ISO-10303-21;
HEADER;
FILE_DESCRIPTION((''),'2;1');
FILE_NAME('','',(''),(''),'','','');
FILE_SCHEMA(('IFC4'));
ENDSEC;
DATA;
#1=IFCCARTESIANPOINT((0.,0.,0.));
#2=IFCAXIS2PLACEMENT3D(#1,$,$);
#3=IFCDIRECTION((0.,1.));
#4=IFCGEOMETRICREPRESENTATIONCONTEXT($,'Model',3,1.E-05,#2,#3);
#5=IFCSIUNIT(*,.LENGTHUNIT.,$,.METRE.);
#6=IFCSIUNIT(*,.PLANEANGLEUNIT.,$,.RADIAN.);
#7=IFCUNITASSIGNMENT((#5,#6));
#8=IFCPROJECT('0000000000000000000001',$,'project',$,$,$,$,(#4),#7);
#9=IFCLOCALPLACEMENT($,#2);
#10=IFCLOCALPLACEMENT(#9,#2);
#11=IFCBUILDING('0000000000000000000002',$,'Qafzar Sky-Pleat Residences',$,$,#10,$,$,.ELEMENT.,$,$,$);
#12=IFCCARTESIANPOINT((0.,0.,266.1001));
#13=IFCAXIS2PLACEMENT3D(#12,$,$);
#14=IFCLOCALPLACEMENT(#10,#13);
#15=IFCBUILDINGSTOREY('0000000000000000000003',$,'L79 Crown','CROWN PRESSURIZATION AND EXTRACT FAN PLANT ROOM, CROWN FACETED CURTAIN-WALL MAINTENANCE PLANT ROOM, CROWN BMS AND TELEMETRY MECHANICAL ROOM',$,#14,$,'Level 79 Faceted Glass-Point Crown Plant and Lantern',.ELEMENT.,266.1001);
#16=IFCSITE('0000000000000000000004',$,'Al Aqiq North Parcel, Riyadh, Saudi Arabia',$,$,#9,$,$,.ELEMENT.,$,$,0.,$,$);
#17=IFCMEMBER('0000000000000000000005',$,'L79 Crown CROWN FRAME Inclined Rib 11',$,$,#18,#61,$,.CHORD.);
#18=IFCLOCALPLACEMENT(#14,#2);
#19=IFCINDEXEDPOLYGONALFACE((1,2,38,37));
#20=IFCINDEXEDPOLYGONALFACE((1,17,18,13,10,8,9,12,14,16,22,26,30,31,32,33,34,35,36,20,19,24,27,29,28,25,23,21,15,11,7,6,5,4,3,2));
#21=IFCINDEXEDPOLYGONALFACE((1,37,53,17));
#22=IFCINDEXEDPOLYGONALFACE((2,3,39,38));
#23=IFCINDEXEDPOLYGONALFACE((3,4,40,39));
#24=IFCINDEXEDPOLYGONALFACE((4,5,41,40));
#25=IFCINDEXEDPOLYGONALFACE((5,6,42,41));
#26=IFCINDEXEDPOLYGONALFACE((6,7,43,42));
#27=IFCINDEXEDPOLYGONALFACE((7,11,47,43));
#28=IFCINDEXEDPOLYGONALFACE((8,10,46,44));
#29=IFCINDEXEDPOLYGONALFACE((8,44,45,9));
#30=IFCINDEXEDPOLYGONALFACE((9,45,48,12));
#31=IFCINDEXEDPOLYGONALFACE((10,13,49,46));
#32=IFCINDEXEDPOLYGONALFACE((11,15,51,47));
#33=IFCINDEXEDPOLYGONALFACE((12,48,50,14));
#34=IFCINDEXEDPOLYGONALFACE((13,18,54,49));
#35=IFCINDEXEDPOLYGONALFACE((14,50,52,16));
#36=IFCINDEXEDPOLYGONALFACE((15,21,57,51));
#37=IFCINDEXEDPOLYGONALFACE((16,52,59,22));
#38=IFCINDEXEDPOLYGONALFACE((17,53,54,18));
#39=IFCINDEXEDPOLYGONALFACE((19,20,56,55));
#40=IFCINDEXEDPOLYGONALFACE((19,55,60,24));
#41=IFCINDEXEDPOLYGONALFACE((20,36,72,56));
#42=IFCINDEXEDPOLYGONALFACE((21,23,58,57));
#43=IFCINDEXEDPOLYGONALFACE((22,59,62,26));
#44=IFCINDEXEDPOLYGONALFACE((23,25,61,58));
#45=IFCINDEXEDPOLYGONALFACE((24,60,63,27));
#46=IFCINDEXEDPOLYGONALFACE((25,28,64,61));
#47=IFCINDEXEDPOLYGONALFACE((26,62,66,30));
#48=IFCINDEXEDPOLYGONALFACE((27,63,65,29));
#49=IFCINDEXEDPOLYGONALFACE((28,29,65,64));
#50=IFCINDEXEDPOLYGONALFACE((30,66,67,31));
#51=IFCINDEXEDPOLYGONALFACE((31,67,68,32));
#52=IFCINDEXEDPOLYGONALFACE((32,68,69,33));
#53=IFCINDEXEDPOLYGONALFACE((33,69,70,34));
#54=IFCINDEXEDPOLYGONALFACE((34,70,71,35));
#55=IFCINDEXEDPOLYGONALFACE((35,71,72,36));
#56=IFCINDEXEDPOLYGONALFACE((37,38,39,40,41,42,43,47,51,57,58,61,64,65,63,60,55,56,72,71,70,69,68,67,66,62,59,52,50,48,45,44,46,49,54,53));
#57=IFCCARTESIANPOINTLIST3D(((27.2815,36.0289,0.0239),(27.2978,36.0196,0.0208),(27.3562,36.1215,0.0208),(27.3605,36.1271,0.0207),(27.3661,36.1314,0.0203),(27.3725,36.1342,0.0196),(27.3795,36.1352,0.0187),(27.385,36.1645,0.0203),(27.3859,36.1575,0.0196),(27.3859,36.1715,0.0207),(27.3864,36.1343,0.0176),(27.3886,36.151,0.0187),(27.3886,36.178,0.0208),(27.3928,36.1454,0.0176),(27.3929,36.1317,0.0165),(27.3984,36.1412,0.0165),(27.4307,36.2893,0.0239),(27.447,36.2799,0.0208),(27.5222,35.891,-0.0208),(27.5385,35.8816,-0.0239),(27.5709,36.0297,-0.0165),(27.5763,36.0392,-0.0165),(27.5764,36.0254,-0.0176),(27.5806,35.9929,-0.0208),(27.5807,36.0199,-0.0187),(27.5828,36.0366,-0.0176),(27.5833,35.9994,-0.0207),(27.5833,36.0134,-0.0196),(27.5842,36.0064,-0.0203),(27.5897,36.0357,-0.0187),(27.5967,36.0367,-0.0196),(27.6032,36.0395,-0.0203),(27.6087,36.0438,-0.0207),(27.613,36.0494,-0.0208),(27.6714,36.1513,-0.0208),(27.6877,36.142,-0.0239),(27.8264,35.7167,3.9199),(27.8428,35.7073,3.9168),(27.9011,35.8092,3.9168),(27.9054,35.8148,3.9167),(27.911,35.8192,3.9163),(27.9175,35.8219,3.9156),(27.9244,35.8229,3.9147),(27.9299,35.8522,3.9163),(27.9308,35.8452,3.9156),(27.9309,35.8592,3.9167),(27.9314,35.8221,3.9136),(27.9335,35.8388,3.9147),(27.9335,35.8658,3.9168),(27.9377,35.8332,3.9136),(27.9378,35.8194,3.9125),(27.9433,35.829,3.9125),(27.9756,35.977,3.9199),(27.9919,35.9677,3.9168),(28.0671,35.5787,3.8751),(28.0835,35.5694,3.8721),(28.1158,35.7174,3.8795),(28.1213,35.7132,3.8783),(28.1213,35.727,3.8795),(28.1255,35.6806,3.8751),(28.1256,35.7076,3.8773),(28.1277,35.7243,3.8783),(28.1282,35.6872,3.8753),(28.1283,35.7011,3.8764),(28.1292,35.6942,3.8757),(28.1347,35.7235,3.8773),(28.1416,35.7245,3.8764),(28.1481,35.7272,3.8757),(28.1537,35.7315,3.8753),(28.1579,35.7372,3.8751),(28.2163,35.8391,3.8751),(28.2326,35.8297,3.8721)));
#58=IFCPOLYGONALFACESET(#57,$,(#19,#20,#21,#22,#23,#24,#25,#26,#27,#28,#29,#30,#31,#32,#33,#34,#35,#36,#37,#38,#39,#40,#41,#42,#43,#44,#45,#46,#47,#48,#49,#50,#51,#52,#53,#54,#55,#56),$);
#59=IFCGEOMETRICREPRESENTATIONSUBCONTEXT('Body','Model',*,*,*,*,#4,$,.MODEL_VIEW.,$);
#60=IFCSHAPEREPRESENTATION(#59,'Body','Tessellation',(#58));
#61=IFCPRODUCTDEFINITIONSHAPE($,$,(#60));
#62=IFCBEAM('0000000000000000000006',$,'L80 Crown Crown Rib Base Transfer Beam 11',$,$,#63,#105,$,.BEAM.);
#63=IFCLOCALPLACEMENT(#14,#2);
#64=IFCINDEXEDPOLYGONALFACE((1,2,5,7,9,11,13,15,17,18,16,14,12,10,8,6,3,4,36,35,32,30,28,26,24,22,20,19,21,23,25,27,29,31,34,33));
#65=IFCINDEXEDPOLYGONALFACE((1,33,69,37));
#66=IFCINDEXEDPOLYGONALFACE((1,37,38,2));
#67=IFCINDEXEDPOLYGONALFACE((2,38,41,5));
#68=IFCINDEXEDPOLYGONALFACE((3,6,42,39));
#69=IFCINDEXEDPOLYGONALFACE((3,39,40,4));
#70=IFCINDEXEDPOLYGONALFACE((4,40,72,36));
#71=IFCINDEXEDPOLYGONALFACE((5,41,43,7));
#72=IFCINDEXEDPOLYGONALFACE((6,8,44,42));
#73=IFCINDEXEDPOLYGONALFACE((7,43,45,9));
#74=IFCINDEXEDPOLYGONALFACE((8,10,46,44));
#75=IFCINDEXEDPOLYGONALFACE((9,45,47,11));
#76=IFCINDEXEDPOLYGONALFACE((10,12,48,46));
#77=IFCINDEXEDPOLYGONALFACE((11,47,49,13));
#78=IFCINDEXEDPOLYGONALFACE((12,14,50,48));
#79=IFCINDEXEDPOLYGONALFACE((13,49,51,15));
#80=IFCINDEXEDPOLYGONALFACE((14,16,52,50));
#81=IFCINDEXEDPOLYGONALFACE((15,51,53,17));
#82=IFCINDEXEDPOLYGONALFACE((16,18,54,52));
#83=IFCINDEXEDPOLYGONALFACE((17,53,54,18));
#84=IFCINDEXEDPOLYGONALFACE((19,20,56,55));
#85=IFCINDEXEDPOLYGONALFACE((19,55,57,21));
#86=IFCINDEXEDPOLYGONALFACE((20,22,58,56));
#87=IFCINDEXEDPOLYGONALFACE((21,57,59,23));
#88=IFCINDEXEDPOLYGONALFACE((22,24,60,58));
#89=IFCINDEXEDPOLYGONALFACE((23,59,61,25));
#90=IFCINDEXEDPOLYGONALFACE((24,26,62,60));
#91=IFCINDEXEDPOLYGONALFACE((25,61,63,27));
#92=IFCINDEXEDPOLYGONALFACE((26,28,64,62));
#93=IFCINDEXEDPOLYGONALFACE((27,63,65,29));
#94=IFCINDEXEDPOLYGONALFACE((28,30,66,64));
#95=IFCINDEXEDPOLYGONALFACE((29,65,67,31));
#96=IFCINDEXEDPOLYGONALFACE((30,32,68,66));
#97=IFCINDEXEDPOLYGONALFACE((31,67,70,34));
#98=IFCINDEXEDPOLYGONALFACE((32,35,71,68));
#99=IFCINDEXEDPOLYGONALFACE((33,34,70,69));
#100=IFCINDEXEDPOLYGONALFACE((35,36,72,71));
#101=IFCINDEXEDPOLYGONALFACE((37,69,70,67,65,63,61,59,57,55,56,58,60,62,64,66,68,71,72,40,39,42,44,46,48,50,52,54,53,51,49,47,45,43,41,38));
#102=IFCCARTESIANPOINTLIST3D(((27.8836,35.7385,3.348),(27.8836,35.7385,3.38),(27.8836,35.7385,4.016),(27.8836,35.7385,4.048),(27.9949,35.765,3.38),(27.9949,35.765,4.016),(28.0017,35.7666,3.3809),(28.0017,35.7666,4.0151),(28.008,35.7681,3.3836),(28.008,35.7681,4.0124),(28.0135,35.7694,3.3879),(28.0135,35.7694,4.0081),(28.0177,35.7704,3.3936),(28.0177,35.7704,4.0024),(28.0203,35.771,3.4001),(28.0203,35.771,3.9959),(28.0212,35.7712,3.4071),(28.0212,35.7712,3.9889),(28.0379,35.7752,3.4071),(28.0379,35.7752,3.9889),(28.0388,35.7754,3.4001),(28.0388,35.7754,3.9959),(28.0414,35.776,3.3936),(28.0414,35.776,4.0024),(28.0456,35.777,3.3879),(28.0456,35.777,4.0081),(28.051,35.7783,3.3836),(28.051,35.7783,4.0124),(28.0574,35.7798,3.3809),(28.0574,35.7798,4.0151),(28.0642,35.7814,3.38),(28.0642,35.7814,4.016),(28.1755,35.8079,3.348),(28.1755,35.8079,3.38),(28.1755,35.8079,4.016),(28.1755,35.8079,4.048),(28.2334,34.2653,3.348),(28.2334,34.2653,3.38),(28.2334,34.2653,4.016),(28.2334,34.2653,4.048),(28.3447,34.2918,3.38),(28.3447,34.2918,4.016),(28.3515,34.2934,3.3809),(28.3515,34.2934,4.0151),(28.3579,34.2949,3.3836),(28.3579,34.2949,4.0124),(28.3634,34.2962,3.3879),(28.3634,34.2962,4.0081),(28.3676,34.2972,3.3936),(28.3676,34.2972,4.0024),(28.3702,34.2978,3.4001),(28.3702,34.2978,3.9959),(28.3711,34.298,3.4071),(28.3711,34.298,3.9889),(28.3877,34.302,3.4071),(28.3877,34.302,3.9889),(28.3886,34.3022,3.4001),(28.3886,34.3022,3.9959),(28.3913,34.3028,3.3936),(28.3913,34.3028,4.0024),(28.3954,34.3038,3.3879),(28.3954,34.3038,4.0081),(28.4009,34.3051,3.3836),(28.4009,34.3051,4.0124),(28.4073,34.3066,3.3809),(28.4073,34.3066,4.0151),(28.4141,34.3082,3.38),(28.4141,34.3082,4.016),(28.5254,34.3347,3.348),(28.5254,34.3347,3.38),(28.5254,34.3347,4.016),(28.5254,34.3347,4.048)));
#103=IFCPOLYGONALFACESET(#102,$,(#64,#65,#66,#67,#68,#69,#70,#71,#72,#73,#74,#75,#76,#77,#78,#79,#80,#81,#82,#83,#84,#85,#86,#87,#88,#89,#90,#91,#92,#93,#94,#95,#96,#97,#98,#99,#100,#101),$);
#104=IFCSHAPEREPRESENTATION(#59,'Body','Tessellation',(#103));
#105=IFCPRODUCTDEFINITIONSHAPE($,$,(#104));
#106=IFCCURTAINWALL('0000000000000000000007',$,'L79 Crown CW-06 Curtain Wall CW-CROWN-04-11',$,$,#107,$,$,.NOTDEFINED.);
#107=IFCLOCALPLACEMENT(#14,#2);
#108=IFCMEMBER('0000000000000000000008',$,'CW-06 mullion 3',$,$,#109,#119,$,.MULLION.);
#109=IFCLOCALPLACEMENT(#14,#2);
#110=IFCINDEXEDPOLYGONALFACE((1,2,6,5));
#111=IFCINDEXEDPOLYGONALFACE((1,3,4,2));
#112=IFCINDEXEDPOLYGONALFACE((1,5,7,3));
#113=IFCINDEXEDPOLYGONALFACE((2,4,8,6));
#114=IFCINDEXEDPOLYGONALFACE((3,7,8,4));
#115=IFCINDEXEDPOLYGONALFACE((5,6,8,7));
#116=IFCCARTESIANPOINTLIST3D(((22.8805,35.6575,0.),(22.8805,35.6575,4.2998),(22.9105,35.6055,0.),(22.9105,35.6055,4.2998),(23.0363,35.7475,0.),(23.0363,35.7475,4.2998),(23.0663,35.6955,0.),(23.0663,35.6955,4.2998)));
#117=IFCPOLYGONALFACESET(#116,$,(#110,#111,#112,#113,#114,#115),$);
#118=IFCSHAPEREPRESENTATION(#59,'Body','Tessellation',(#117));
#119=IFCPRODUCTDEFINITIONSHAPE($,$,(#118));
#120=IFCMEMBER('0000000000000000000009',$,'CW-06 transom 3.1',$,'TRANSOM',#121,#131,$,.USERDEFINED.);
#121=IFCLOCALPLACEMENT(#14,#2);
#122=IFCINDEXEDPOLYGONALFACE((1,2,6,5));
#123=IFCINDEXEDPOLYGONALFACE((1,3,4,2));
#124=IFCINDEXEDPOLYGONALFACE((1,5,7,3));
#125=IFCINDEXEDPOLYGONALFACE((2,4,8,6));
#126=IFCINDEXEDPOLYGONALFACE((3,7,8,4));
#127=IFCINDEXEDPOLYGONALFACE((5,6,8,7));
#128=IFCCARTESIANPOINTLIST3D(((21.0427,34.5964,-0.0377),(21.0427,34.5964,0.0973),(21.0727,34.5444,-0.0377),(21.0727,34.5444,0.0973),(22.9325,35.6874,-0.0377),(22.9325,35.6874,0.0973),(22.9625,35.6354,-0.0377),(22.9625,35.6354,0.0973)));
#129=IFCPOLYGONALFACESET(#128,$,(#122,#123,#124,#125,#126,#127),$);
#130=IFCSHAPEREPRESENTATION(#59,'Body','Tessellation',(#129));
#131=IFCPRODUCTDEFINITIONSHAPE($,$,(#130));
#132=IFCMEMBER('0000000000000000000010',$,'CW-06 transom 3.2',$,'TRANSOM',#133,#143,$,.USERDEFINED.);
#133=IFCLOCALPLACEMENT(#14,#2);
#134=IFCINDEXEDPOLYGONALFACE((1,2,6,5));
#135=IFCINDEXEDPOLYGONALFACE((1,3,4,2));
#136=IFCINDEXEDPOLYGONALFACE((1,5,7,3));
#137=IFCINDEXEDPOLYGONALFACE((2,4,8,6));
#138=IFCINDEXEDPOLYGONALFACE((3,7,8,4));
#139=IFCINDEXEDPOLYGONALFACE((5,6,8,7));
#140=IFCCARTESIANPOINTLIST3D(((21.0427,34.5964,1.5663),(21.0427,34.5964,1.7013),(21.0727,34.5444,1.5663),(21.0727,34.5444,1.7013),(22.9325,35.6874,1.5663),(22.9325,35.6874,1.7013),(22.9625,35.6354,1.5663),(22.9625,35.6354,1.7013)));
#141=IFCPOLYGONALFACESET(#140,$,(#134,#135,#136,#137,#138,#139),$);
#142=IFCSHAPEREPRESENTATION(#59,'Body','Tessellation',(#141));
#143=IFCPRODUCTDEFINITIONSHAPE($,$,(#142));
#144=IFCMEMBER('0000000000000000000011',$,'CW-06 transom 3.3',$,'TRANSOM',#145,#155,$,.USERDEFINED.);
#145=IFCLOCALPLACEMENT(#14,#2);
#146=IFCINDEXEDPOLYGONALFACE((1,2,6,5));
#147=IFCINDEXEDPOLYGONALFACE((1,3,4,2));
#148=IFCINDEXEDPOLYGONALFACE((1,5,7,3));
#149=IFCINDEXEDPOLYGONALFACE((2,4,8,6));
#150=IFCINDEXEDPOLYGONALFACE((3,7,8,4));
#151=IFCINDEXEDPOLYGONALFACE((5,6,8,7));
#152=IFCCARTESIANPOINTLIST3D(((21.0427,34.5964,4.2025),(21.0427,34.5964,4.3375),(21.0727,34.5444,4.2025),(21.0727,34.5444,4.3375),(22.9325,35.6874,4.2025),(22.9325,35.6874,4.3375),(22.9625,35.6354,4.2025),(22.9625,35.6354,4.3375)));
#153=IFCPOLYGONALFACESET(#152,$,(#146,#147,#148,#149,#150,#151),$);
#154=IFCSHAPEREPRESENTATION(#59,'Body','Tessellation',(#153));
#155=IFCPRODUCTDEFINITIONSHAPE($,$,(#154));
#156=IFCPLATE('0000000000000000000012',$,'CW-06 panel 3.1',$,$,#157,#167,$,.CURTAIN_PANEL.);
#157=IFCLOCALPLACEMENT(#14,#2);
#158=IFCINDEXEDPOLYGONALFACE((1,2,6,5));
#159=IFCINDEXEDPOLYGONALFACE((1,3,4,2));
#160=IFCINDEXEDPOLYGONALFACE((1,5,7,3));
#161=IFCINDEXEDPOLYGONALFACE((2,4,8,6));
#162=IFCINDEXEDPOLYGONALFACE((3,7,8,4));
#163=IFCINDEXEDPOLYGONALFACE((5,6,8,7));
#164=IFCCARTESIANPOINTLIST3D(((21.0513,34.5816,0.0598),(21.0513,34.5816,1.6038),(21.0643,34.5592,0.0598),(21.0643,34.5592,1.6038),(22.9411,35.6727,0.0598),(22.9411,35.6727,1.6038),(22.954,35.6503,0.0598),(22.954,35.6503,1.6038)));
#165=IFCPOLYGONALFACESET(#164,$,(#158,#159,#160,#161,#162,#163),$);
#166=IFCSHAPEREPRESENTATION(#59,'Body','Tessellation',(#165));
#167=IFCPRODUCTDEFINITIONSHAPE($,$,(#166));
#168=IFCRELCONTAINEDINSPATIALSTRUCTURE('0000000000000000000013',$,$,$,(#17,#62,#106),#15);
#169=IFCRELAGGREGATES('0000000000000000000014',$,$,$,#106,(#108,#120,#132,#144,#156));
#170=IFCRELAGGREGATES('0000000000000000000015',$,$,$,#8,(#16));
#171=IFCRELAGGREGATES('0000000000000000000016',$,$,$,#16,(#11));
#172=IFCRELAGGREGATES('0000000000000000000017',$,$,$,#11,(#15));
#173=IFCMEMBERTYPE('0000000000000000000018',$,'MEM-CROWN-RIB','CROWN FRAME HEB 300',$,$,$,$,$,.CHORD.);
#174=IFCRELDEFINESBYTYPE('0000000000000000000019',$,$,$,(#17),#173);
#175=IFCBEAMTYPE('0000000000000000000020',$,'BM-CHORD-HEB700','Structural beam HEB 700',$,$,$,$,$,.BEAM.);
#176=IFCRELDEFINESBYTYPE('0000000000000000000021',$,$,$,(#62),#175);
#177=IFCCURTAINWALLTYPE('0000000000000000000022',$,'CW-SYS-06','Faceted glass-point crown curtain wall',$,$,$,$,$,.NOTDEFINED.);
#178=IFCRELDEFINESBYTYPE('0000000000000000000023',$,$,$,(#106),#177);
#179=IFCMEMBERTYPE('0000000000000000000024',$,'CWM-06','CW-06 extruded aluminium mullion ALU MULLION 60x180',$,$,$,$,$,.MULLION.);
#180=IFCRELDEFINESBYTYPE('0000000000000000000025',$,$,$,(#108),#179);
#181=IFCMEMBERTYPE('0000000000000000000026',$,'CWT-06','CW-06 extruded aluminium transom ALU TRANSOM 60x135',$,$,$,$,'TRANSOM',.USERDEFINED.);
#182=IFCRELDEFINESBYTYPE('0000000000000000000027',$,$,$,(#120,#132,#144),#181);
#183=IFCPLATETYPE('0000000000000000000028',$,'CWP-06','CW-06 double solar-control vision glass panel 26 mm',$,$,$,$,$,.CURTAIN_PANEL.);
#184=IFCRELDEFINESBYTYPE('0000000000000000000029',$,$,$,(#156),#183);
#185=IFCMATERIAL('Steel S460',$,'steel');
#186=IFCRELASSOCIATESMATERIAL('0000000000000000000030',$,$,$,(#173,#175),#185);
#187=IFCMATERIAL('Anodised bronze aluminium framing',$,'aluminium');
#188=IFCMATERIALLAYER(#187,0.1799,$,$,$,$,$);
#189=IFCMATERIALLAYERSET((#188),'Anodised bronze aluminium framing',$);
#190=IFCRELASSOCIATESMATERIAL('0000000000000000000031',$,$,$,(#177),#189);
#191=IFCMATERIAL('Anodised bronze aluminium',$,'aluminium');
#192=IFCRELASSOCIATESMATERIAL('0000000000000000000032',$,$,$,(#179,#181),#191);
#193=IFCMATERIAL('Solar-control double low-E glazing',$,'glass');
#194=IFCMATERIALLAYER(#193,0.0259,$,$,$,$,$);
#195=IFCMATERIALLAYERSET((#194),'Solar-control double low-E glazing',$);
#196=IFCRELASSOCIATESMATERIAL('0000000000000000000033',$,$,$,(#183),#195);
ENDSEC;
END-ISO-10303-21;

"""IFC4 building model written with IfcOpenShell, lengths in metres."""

from ifc_helpers import new_model, si_unit, direction, frame, origin, origin_2d, place, context, subcontext, project, spatial, rectangle, i_section, extrude, source, transform, mapped, material, layer, layer_set, material_profile, profile_set, type_object, element, aggregate, save


model = new_model("IFC4")

# Units and contexts
model_context = context("Model", 3, precision=1e-05, world=origin(), true_north=direction((0.0, 1.0)))
body_context = subcontext(model_context, "Body", "Model", "MODEL_VIEW")
ifc_project = project(units=[si_unit("LENGTHUNIT", "METRE"), si_unit("PLANEANGLEUNIT", "RADIAN")], contexts=[model_context])

# Site, building, storey
site_placement = place(None, origin())
site = spatial("IfcSite", under=ifc_project, at=site_placement, Name="Al Aqiq North Parcel, Riyadh, Saudi Arabia", CompositionType="ELEMENT", RefElevation=0.0)
building_placement = place(site_placement, origin())
building = spatial("IfcBuilding", under=site, at=building_placement, Name="Qafzar Sky-Pleat Residences", CompositionType="ELEMENT")
storey_placement = place(building_placement, frame((0.0, 0.0, 266.1001)))
storey = spatial("IfcBuildingStorey", under=building, at=storey_placement, Name="L79 Crown", Description="CROWN PRESSURIZATION AND EXTRACT FAN PLANT ROOM, CROWN FACETED CURTAIN-WALL MAINTENANCE PLANT ROOM, CROWN BMS AND TELEMETRY MECHANICAL ROOM", LongName="Level 79 Faceted Glass-Point Crown Plant and Lantern", CompositionType="ELEMENT", Elevation=266.1001)

# Member
ifc_material_1 = material(Name="Steel S460", Category="steel")
ifc_material_profile_1 = material_profile(ifc_material_1, i_section(OverallWidth=0.3, OverallDepth=0.3, WebThickness=0.011, FlangeThickness=0.019, FilletRadius=0.0271, at=origin_2d()), Name="HEB 300")
ifc_profile_set_1 = profile_set([ifc_material_profile_1], Name="Steel S460")
member_type_1 = type_object("IfcMemberType", Name="MEM-CROWN-RIB", Description="CROWN FRAME HEB 300", PredefinedType="CHORD", material=ifc_profile_set_1)
shared_shape_1 = source(origin(), body_context, "Body", "SweptSolid", [
    extrude(i_section(OverallWidth=0.3, OverallDepth=0.3, WebThickness=0.011, FlangeThickness=0.019, FilletRadius=0.0271, at=origin_2d()), origin(), (0.0, 0.0, 1.0), 3.9463),
])
member_1_placement = place(storey_placement, frame((27.4846, 36.0854, 0.0), z_axis=(0.138084, -0.079126, 0.987255), x_axis=(0.497185, 0.867644, 0.0)))
element("IfcMember", 1, at=member_1_placement, inside=storey, type_object=member_type_1, Name="L79 Crown CROWN FRAME Inclined Rib 11", PredefinedType="CHORD", context=body_context, shape_type="MappedRepresentation", body=[
    mapped(shared_shape_1, transform((0.0, 0.0, 0.0), x_axis=(1.0, 0.0, 0.0), y_axis=(0.0, 1.0, 0.0), z_axis=(0.0, 0.0, 1.0), scale=1.0)),
])

# Beam
ifc_material_profile_2 = material_profile(ifc_material_1, i_section(OverallWidth=0.3, OverallDepth=0.7, WebThickness=0.0171, FlangeThickness=0.032, FilletRadius=0.0271, at=origin_2d()), Name="HEB 700")
ifc_profile_set_2 = profile_set([ifc_material_profile_2], Name="Steel S460")
beam_type = type_object("IfcBeamType", Name="BM-CHORD-HEB700", Description="Structural beam HEB 700", PredefinedType="BEAM", material=ifc_profile_set_2)
shared_shape_2 = source(origin(), body_context, "Body", "SweptSolid", [
    extrude(i_section(OverallWidth=0.3, OverallDepth=0.7, WebThickness=0.0171, FlangeThickness=0.032, FilletRadius=0.0271, at=origin_2d()), origin(), (0.0, 0.0, 1.0), 1.5142),
])
beam_placement = place(storey_placement, frame((28.0295, 35.7732, 3.698), z_axis=(0.231061, -0.972939, 0.0), x_axis=(0.972939, 0.231061, 0.0)))
element("IfcBeam", 2, at=beam_placement, inside=storey, type_object=beam_type, Name="L80 Crown Crown Rib Base Transfer Beam 11", PredefinedType="BEAM", context=body_context, shape_type="MappedRepresentation", body=[
    mapped(shared_shape_2, transform((0.0, 0.0, 0.0), x_axis=(1.0, 0.0, 0.0), y_axis=(0.0, 1.0, 0.0), z_axis=(0.0, 0.0, 1.0), scale=1.0)),
])

# Curtain wall, members, plate
ifc_material_2 = material(Name="Anodised bronze aluminium framing", Category="aluminium")
ifc_layer_1 = layer(ifc_material_2, 0.1799)
ifc_layer_set_1 = layer_set([ifc_layer_1], Name="Anodised bronze aluminium framing")
curtain_wall_type = type_object("IfcCurtainWallType", Name="CW-SYS-06", Description="Faceted glass-point crown curtain wall", PredefinedType="NOTDEFINED", material=ifc_layer_set_1)
curtain_wall_placement = place(storey_placement, origin())
curtain_wall = element("IfcCurtainWall", 3, at=curtain_wall_placement, inside=storey, type_object=curtain_wall_type, Name="L79 Crown CW-06 Curtain Wall CW-CROWN-04-11", PredefinedType="NOTDEFINED")
ifc_material_3 = material(Name="Anodised bronze aluminium", Category="aluminium")
ifc_material_profile_3 = material_profile(ifc_material_3, rectangle(XDim=0.0601, YDim=0.1799, at=origin_2d()), Name="ALU MULLION 60x180")
ifc_profile_set_3 = profile_set([ifc_material_profile_3], Name="Anodised bronze aluminium")
member_type_2 = type_object("IfcMemberType", Name="CWM-06", Description="CW-06 extruded aluminium mullion ALU MULLION 60x180", PredefinedType="MULLION", material=ifc_profile_set_3)
shared_shape_3 = source(origin(), body_context, "Body", "SweptSolid", [
    extrude(rectangle(XDim=0.0601, YDim=0.1799, at=origin_2d()), origin(), (0.0, 0.0, 1.0), 4.2998),
])
member_2_placement = place(storey_placement, frame((22.9734, 35.6765, 0.0), z_axis=(0.0, 0.0, 1.0), x_axis=(0.500003, -0.866024, 0.0)))
member_2 = element("IfcMember", 4, at=member_2_placement, type_object=member_type_2, Name="CW-06 mullion 3", PredefinedType="MULLION", context=body_context, shape_type="MappedRepresentation", body=[
    mapped(shared_shape_3, transform((0.0, 0.0, 0.0), x_axis=(1.0, 0.0, 0.0), y_axis=(0.0, 1.0, 0.0), z_axis=(0.0, 0.0, 1.0), scale=1.0)),
])
ifc_material_profile_4 = material_profile(ifc_material_3, rectangle(XDim=0.0601, YDim=0.135, at=origin_2d()), Name="ALU TRANSOM 60x135")
ifc_profile_set_4 = profile_set([ifc_material_profile_4], Name="Anodised bronze aluminium")
member_type_3 = type_object("IfcMemberType", Name="CWT-06", Description="CW-06 extruded aluminium transom ALU TRANSOM 60x135", ElementType="TRANSOM", PredefinedType="USERDEFINED", material=ifc_profile_set_4)
shared_shape_4 = source(origin(), body_context, "Body", "SweptSolid", [
    extrude(rectangle(XDim=0.0601, YDim=0.135, at=origin_2d()), origin(), (0.0, 0.0, 1.0), 2.1821),
])
member_3_placement = place(storey_placement, frame((22.9475, 35.6614, 0.0298), z_axis=(-0.866038, -0.499977, 0.0), x_axis=(0.499977, -0.866038, 0.0)))
member_3 = element("IfcMember", 5, at=member_3_placement, type_object=member_type_3, Name="CW-06 transom 3.1", ObjectType="TRANSOM", PredefinedType="USERDEFINED", context=body_context, shape_type="MappedRepresentation", body=[
    mapped(shared_shape_4, transform((0.0, 0.0, 0.0), x_axis=(1.0, 0.0, 0.0), y_axis=(0.0, 1.0, 0.0), z_axis=(0.0, 0.0, 1.0), scale=1.0)),
])
member_4_placement = place(storey_placement, frame((22.9475, 35.6614, 1.6338), z_axis=(-0.866038, -0.499977, 0.0), x_axis=(0.499977, -0.866038, 0.0)))
member_4 = element("IfcMember", 6, at=member_4_placement, type_object=member_type_3, Name="CW-06 transom 3.2", ObjectType="TRANSOM", PredefinedType="USERDEFINED", context=body_context, shape_type="MappedRepresentation", body=[
    mapped(shared_shape_4, transform((0.0, 0.0, 0.0), x_axis=(1.0, 0.0, 0.0), y_axis=(0.0, 1.0, 0.0), z_axis=(0.0, 0.0, 1.0), scale=1.0)),
])
member_5_placement = place(storey_placement, frame((22.9475, 35.6614, 4.27), z_axis=(-0.866038, -0.499977, 0.0), x_axis=(0.499977, -0.866038, 0.0)))
member_5 = element("IfcMember", 7, at=member_5_placement, type_object=member_type_3, Name="CW-06 transom 3.3", ObjectType="TRANSOM", PredefinedType="USERDEFINED", context=body_context, shape_type="MappedRepresentation", body=[
    mapped(shared_shape_4, transform((0.0, 0.0, 0.0), x_axis=(1.0, 0.0, 0.0), y_axis=(0.0, 1.0, 0.0), z_axis=(0.0, 0.0, 1.0), scale=1.0)),
])
ifc_material_4 = material(Name="Solar-control double low-E glazing", Category="glass")
ifc_layer_2 = layer(ifc_material_4, 0.0259)
ifc_layer_set_2 = layer_set([ifc_layer_2], Name="Solar-control double low-E glazing")
plate_type = type_object("IfcPlateType", Name="CWP-06", Description="CW-06 double solar-control vision glass panel 26 mm", PredefinedType="CURTAIN_PANEL", material=ifc_layer_set_2)
shared_shape_5 = source(origin(), body_context, "Body", "SweptSolid", [
    extrude(rectangle(XDim=2.1821, YDim=0.0259, at=origin_2d()), origin(), (0.0, 0.0, 1.0), 1.5439),
])
plate_1_placement = place(storey_placement, frame((22.0027, 35.116, 0.0598), z_axis=(0.0, 0.0, 1.0), x_axis=(-0.866024, -0.500003, 0.0)))
plate_1 = element("IfcPlate", 8, at=plate_1_placement, type_object=plate_type, Name="CW-06 panel 3.1", PredefinedType="CURTAIN_PANEL", context=body_context, shape_type="MappedRepresentation", body=[
    mapped(shared_shape_5, transform((0.0, 0.0, 0.0), x_axis=(1.0, 0.0, 0.0), y_axis=(0.0, 1.0, 0.0), z_axis=(0.0, 0.0, 1.0), scale=1.0)),
])
aggregate(curtain_wall, [member_2, member_3, member_4, member_5, plate_1])

save(model, "model.ifc")
